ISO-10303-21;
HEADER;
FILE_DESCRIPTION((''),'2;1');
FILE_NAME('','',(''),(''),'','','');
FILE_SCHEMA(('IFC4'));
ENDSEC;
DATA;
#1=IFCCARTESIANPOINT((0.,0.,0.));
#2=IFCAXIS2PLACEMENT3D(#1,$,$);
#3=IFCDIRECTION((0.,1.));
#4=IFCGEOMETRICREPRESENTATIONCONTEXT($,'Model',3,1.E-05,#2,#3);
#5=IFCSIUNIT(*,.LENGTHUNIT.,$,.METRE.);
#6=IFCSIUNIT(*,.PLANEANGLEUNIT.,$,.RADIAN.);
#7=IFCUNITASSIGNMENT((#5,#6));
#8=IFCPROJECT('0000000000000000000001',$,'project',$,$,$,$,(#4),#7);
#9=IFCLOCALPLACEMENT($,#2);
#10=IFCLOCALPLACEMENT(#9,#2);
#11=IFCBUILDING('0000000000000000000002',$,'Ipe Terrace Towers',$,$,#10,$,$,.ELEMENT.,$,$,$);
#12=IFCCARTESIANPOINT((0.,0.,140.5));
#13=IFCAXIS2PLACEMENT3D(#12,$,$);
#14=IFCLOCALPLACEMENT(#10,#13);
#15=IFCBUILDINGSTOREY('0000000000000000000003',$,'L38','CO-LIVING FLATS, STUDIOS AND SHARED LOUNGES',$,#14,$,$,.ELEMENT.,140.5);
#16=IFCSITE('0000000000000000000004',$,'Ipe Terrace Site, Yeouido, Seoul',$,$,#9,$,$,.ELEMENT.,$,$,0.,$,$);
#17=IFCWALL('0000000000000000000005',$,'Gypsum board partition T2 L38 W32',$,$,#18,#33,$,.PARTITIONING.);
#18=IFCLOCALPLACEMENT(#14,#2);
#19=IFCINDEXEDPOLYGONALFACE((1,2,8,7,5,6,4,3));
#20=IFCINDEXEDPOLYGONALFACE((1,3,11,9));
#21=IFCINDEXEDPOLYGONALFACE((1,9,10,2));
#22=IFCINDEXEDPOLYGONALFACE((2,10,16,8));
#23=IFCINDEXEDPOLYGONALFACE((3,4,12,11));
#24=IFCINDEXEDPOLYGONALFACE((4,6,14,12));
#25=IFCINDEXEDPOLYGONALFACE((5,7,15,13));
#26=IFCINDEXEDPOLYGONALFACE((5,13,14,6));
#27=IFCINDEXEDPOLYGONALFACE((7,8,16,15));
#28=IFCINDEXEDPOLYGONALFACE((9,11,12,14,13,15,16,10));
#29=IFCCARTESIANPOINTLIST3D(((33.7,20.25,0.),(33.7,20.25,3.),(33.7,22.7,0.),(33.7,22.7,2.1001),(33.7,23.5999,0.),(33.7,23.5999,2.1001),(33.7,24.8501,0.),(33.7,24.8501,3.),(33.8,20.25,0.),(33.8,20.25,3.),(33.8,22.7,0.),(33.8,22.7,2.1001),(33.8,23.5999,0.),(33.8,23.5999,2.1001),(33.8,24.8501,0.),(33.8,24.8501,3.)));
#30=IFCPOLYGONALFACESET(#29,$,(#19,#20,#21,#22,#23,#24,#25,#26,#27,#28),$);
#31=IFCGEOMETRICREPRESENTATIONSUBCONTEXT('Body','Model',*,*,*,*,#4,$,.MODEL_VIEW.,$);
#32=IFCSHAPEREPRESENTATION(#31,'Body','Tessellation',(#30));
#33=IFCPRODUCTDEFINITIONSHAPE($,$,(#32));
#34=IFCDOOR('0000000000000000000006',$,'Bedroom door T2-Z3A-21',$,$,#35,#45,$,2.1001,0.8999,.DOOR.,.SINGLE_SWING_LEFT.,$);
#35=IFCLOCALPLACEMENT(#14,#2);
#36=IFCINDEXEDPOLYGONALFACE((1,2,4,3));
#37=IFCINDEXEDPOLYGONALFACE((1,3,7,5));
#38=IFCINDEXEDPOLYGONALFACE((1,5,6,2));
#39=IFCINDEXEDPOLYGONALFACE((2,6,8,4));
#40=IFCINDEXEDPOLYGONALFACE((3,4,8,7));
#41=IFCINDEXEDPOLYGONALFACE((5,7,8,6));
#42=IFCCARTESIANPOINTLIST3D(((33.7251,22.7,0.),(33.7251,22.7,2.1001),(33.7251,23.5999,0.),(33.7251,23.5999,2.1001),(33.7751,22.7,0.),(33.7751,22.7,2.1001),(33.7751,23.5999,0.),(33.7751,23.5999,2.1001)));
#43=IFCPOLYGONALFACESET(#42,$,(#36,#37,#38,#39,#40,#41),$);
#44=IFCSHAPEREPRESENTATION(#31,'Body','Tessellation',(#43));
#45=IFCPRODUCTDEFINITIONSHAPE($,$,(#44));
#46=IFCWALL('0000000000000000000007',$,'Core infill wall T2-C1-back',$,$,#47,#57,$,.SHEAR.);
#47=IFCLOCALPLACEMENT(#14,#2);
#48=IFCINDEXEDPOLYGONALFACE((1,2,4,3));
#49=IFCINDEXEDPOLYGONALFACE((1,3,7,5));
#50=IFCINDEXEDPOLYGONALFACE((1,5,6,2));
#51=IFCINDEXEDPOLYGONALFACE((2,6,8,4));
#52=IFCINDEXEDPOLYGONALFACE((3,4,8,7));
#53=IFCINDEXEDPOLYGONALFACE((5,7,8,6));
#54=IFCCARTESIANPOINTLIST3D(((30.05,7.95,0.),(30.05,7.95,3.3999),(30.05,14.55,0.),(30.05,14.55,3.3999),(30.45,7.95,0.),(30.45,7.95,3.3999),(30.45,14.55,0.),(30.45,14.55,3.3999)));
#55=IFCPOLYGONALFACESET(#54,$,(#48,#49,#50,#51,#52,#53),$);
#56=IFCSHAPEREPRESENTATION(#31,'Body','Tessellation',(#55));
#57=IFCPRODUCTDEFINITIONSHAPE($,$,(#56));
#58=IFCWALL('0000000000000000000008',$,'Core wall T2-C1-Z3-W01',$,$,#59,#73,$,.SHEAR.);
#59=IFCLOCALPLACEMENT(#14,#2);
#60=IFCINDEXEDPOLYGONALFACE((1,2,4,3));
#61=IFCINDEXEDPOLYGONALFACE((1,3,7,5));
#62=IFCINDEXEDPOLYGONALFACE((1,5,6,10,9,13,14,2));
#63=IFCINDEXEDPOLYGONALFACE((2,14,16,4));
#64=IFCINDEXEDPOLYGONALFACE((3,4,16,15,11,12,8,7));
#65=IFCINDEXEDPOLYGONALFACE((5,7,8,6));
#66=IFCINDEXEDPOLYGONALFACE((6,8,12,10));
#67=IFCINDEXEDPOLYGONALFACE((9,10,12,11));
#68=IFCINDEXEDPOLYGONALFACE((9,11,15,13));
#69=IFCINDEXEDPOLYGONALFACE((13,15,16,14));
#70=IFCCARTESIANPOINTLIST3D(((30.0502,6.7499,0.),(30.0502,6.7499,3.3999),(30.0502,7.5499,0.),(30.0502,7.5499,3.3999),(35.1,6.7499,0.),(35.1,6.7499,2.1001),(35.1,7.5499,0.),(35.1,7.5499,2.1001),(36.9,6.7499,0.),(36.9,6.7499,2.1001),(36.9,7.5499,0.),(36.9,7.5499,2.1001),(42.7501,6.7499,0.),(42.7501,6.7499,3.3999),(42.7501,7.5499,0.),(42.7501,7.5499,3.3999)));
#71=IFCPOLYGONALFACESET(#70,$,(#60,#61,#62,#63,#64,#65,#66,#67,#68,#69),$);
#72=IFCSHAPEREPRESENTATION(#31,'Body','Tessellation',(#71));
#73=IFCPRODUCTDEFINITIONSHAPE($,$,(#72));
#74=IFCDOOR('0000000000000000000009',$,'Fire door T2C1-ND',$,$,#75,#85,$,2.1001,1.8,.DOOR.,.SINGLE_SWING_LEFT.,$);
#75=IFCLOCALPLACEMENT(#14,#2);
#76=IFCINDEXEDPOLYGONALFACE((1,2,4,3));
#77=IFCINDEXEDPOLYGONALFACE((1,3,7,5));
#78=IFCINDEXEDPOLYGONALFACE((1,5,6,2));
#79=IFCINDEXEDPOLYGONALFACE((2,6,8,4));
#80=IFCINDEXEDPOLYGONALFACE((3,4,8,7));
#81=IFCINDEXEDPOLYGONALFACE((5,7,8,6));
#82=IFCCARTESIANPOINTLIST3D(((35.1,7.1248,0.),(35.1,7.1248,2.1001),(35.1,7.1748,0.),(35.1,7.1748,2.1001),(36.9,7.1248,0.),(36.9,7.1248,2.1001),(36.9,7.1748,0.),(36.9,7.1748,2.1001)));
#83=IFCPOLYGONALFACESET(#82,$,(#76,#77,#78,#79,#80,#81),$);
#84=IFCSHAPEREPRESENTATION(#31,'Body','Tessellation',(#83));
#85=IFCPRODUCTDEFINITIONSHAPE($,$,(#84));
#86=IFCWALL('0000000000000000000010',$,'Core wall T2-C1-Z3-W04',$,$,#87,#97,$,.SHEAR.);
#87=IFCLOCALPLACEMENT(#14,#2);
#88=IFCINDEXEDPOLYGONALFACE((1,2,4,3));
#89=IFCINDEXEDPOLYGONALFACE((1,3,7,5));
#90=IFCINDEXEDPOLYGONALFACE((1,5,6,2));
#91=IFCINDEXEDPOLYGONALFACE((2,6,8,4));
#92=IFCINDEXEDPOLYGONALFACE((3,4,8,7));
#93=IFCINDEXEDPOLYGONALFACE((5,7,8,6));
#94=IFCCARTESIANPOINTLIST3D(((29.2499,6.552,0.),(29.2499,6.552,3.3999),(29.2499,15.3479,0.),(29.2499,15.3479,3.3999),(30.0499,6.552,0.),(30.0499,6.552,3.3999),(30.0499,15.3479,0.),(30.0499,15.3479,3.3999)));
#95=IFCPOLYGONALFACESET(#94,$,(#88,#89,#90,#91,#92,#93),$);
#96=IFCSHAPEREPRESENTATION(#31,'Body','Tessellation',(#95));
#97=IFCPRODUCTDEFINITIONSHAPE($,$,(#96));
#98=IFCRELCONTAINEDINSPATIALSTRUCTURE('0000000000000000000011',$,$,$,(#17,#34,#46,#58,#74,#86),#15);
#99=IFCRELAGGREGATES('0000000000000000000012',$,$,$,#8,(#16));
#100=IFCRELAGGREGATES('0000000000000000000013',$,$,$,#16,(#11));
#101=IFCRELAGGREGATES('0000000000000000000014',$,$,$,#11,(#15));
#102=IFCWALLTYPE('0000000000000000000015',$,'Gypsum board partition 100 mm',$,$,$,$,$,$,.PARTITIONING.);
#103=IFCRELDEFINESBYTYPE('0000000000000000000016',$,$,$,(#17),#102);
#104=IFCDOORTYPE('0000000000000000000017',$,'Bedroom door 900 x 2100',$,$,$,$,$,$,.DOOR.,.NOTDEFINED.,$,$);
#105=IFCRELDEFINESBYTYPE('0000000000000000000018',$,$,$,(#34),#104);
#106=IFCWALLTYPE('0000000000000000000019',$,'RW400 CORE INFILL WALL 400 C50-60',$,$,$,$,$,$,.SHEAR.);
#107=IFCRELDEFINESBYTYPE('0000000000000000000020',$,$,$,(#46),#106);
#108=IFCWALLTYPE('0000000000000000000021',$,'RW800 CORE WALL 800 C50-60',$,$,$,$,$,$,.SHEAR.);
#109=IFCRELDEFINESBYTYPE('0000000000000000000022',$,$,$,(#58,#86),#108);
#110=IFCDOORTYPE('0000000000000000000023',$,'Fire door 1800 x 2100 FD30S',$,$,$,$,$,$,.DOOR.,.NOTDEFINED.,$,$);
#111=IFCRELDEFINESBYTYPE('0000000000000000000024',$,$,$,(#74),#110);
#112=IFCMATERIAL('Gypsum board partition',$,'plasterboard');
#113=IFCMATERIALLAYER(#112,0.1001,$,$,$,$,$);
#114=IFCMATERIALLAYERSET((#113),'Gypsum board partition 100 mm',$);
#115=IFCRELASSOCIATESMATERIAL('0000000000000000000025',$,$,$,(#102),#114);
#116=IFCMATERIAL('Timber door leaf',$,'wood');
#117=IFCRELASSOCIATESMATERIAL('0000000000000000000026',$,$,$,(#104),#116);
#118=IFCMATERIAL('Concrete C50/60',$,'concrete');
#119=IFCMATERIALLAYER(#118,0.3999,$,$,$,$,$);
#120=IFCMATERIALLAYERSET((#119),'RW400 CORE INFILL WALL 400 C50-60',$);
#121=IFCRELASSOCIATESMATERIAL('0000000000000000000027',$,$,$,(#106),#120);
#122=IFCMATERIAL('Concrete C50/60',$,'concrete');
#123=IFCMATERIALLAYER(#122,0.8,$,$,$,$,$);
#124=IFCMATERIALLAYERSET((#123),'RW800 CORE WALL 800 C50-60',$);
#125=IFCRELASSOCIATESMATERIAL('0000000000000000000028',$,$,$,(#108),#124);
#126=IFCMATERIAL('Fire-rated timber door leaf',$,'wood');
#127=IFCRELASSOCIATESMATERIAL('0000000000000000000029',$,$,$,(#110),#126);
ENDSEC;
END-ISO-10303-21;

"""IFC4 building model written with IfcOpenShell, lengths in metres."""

from ifc_helpers import new_model, si_unit, direction, frame, frame_2d, origin, place, context, subcontext, project, spatial, rectangle, extrude, material, layer, layer_set, type_object, element, fill, save


model = new_model("IFC4")

# Units and contexts
model_context = context("Model", 3, precision=1e-05, world=origin(), true_north=direction((0.0, 1.0)))
body_context = subcontext(model_context, "Body", "Model", "MODEL_VIEW")
ifc_project = project(units=[si_unit("LENGTHUNIT", "METRE"), si_unit("PLANEANGLEUNIT", "RADIAN")], contexts=[model_context])

# Site, building, storey
site_placement = place(None, origin())
site = spatial("IfcSite", under=ifc_project, at=site_placement, Name="Ipe Terrace Site, Yeouido, Seoul", CompositionType="ELEMENT", RefElevation=0.0)
building_placement = place(site_placement, origin())
building = spatial("IfcBuilding", under=site, at=building_placement, Name="Ipe Terrace Towers", CompositionType="ELEMENT")
storey_placement = place(building_placement, frame((0.0, 0.0, 140.5)))
storey = spatial("IfcBuildingStorey", under=building, at=storey_placement, Name="L38", Description="CO-LIVING FLATS, STUDIOS AND SHARED LOUNGES", CompositionType="ELEMENT", Elevation=140.5)

# Wall, opening, door
ifc_material_1 = material(Name="Gypsum board partition", Category="plasterboard")
ifc_layer_1 = layer(ifc_material_1, 0.1001)
ifc_layer_set_1 = layer_set([ifc_layer_1], Name="Gypsum board partition 100 mm")
wall_type_1 = type_object("IfcWallType", Name="Gypsum board partition 100 mm", PredefinedType="PARTITIONING", material=ifc_layer_set_1)
wall_1_placement = place(storey_placement, frame((33.75, 20.25, 0.0), z_axis=(0.0, 0.0, 1.0), x_axis=(0.0, 1.0, 0.0)))
wall_1 = element("IfcWall", 1, at=wall_1_placement, inside=storey, type_object=wall_type_1, Name="Gypsum board partition T2 L38 W32", PredefinedType="PARTITIONING", context=body_context, shape_type="SweptSolid", body=[
    extrude(rectangle(XDim=4.6001, YDim=0.1001, at=frame_2d((2.3, 0.0))), origin(), (0.0, 0.0, 1.0), 3.0),
])
opening_1_placement = place(wall_1_placement, frame((2.45, 0.0, 0.0)))
opening_1 = element("IfcOpeningElement", 2, at=opening_1_placement, cuts=wall_1, PredefinedType="OPENING", context=body_context, shape_type="SweptSolid", body=[
    extrude(rectangle(XDim=0.8999, YDim=2.1001, at=frame_2d((0.45, 1.05))), frame((0.0, 0.0601, 0.0), z_axis=(0.0, -1.0, 0.0), x_axis=(1.0, 0.0, 0.0)), (0.0, 0.0, 1.0), 0.1201),
])
ifc_material_2 = material(Name="Timber door leaf", Category="wood")
door_type_1 = type_object("IfcDoorType", Name="Bedroom door 900 x 2100", OperationType="NOTDEFINED", PredefinedType="DOOR", material=ifc_material_2)
door_1_placement = place(opening_1_placement, origin())
door_1 = element("IfcDoor", 3, at=door_1_placement, inside=storey, type_object=door_type_1, Name="Bedroom door T2-Z3A-21", OperationType="SINGLE_SWING_LEFT", OverallHeight=2.1001, OverallWidth=0.8999, PredefinedType="DOOR", context=body_context, shape_type="SweptSolid", body=[
    extrude(rectangle(XDim=0.8999, YDim=2.1001, at=frame_2d((0.45, 1.05))), frame((0.0, 0.0249, 0.0), z_axis=(0.0, -1.0, 0.0), x_axis=(1.0, 0.0, 0.0)), (0.0, 0.0, 1.0), 0.05),
])
fill(opening_1, door_1)

# Wall
ifc_material_3 = material(Name="Concrete C50/60", Category="concrete")
ifc_layer_2 = layer(ifc_material_3, 0.3999)
ifc_layer_set_2 = layer_set([ifc_layer_2], Name="RW400 CORE INFILL WALL 400 C50-60")
wall_type_2 = type_object("IfcWallType", Name="RW400 CORE INFILL WALL 400 C50-60", PredefinedType="SHEAR", material=ifc_layer_set_2)
wall_2_placement = place(storey_placement, frame((30.25, 7.95, 0.0), z_axis=(0.0, 0.0, 1.0), x_axis=(0.0, 1.0, 0.0)))
element("IfcWall", 4, at=wall_2_placement, inside=storey, type_object=wall_type_2, Name="Core infill wall T2-C1-back", PredefinedType="SHEAR", context=body_context, shape_type="SweptSolid", body=[
    extrude(rectangle(XDim=6.6001, YDim=0.3999, at=frame_2d((3.3, 0.0))), origin(), (0.0, 0.0, 1.0), 3.3999),
])

# Wall, opening, door
ifc_material_4 = material(Name="Concrete C50/60", Category="concrete")
ifc_layer_3 = layer(ifc_material_4, 0.8)
ifc_layer_set_3 = layer_set([ifc_layer_3], Name="RW800 CORE WALL 800 C50-60")
wall_type_3 = type_object("IfcWallType", Name="RW800 CORE WALL 800 C50-60", PredefinedType="SHEAR", material=ifc_layer_set_3)
wall_3_placement = place(storey_placement, frame((30.05, 7.1499, 0.0), z_axis=(0.0, 0.0, 1.0), x_axis=(1.0, 0.0, 0.0)))
wall_3 = element("IfcWall", 5, at=wall_3_placement, inside=storey, type_object=wall_type_3, Name="Core wall T2-C1-Z3-W01", PredefinedType="SHEAR", context=body_context, shape_type="SweptSolid", body=[
    extrude(rectangle(XDim=12.7, YDim=0.8, at=frame_2d((6.3501, 0.0))), origin(), (0.0, 0.0, 1.0), 3.3999),
])
opening_2_placement = place(wall_3_placement, frame((5.05, 0.0, 0.0)))
opening_2 = element("IfcOpeningElement", 6, at=opening_2_placement, cuts=wall_3, PredefinedType="OPENING", context=body_context, shape_type="SweptSolid", body=[
    extrude(rectangle(XDim=1.8, YDim=2.1001, at=frame_2d((0.8999, 1.05))), frame((0.0, 0.4102, 0.0), z_axis=(0.0, -1.0, 0.0), x_axis=(1.0, 0.0, 0.0)), (0.0, 0.0, 1.0), 0.8201),
])
ifc_material_5 = material(Name="Fire-rated timber door leaf", Category="wood")
door_type_2 = type_object("IfcDoorType", Name="Fire door 1800 x 2100 FD30S", OperationType="NOTDEFINED", PredefinedType="DOOR", material=ifc_material_5)
door_2_placement = place(opening_2_placement, origin())
door_2 = element("IfcDoor", 7, at=door_2_placement, inside=storey, type_object=door_type_2, Name="Fire door T2C1-ND", OperationType="SINGLE_SWING_LEFT", OverallHeight=2.1001, OverallWidth=1.8, PredefinedType="DOOR", context=body_context, shape_type="SweptSolid", body=[
    extrude(rectangle(XDim=1.8, YDim=2.1001, at=frame_2d((0.8999, 1.05))), frame((0.0, 0.0249, 0.0), z_axis=(0.0, -1.0, 0.0), x_axis=(1.0, 0.0, 0.0)), (0.0, 0.0, 1.0), 0.05),
])
fill(opening_2, door_2)

# Wall
wall_4_placement = place(storey_placement, frame((29.6499, 15.3479, 0.0), z_axis=(0.0, 0.0, 1.0), x_axis=(0.0, -1.0, 0.0)))
element("IfcWall", 8, at=wall_4_placement, inside=storey, type_object=wall_type_3, Name="Core wall T2-C1-Z3-W04", PredefinedType="SHEAR", context=body_context, shape_type="SweptSolid", body=[
    extrude(rectangle(XDim=8.7959, YDim=0.8, at=frame_2d((4.3979, 0.0))), origin(), (0.0, 0.0, 1.0), 3.3999),
])

save(model, "model.ifc")
